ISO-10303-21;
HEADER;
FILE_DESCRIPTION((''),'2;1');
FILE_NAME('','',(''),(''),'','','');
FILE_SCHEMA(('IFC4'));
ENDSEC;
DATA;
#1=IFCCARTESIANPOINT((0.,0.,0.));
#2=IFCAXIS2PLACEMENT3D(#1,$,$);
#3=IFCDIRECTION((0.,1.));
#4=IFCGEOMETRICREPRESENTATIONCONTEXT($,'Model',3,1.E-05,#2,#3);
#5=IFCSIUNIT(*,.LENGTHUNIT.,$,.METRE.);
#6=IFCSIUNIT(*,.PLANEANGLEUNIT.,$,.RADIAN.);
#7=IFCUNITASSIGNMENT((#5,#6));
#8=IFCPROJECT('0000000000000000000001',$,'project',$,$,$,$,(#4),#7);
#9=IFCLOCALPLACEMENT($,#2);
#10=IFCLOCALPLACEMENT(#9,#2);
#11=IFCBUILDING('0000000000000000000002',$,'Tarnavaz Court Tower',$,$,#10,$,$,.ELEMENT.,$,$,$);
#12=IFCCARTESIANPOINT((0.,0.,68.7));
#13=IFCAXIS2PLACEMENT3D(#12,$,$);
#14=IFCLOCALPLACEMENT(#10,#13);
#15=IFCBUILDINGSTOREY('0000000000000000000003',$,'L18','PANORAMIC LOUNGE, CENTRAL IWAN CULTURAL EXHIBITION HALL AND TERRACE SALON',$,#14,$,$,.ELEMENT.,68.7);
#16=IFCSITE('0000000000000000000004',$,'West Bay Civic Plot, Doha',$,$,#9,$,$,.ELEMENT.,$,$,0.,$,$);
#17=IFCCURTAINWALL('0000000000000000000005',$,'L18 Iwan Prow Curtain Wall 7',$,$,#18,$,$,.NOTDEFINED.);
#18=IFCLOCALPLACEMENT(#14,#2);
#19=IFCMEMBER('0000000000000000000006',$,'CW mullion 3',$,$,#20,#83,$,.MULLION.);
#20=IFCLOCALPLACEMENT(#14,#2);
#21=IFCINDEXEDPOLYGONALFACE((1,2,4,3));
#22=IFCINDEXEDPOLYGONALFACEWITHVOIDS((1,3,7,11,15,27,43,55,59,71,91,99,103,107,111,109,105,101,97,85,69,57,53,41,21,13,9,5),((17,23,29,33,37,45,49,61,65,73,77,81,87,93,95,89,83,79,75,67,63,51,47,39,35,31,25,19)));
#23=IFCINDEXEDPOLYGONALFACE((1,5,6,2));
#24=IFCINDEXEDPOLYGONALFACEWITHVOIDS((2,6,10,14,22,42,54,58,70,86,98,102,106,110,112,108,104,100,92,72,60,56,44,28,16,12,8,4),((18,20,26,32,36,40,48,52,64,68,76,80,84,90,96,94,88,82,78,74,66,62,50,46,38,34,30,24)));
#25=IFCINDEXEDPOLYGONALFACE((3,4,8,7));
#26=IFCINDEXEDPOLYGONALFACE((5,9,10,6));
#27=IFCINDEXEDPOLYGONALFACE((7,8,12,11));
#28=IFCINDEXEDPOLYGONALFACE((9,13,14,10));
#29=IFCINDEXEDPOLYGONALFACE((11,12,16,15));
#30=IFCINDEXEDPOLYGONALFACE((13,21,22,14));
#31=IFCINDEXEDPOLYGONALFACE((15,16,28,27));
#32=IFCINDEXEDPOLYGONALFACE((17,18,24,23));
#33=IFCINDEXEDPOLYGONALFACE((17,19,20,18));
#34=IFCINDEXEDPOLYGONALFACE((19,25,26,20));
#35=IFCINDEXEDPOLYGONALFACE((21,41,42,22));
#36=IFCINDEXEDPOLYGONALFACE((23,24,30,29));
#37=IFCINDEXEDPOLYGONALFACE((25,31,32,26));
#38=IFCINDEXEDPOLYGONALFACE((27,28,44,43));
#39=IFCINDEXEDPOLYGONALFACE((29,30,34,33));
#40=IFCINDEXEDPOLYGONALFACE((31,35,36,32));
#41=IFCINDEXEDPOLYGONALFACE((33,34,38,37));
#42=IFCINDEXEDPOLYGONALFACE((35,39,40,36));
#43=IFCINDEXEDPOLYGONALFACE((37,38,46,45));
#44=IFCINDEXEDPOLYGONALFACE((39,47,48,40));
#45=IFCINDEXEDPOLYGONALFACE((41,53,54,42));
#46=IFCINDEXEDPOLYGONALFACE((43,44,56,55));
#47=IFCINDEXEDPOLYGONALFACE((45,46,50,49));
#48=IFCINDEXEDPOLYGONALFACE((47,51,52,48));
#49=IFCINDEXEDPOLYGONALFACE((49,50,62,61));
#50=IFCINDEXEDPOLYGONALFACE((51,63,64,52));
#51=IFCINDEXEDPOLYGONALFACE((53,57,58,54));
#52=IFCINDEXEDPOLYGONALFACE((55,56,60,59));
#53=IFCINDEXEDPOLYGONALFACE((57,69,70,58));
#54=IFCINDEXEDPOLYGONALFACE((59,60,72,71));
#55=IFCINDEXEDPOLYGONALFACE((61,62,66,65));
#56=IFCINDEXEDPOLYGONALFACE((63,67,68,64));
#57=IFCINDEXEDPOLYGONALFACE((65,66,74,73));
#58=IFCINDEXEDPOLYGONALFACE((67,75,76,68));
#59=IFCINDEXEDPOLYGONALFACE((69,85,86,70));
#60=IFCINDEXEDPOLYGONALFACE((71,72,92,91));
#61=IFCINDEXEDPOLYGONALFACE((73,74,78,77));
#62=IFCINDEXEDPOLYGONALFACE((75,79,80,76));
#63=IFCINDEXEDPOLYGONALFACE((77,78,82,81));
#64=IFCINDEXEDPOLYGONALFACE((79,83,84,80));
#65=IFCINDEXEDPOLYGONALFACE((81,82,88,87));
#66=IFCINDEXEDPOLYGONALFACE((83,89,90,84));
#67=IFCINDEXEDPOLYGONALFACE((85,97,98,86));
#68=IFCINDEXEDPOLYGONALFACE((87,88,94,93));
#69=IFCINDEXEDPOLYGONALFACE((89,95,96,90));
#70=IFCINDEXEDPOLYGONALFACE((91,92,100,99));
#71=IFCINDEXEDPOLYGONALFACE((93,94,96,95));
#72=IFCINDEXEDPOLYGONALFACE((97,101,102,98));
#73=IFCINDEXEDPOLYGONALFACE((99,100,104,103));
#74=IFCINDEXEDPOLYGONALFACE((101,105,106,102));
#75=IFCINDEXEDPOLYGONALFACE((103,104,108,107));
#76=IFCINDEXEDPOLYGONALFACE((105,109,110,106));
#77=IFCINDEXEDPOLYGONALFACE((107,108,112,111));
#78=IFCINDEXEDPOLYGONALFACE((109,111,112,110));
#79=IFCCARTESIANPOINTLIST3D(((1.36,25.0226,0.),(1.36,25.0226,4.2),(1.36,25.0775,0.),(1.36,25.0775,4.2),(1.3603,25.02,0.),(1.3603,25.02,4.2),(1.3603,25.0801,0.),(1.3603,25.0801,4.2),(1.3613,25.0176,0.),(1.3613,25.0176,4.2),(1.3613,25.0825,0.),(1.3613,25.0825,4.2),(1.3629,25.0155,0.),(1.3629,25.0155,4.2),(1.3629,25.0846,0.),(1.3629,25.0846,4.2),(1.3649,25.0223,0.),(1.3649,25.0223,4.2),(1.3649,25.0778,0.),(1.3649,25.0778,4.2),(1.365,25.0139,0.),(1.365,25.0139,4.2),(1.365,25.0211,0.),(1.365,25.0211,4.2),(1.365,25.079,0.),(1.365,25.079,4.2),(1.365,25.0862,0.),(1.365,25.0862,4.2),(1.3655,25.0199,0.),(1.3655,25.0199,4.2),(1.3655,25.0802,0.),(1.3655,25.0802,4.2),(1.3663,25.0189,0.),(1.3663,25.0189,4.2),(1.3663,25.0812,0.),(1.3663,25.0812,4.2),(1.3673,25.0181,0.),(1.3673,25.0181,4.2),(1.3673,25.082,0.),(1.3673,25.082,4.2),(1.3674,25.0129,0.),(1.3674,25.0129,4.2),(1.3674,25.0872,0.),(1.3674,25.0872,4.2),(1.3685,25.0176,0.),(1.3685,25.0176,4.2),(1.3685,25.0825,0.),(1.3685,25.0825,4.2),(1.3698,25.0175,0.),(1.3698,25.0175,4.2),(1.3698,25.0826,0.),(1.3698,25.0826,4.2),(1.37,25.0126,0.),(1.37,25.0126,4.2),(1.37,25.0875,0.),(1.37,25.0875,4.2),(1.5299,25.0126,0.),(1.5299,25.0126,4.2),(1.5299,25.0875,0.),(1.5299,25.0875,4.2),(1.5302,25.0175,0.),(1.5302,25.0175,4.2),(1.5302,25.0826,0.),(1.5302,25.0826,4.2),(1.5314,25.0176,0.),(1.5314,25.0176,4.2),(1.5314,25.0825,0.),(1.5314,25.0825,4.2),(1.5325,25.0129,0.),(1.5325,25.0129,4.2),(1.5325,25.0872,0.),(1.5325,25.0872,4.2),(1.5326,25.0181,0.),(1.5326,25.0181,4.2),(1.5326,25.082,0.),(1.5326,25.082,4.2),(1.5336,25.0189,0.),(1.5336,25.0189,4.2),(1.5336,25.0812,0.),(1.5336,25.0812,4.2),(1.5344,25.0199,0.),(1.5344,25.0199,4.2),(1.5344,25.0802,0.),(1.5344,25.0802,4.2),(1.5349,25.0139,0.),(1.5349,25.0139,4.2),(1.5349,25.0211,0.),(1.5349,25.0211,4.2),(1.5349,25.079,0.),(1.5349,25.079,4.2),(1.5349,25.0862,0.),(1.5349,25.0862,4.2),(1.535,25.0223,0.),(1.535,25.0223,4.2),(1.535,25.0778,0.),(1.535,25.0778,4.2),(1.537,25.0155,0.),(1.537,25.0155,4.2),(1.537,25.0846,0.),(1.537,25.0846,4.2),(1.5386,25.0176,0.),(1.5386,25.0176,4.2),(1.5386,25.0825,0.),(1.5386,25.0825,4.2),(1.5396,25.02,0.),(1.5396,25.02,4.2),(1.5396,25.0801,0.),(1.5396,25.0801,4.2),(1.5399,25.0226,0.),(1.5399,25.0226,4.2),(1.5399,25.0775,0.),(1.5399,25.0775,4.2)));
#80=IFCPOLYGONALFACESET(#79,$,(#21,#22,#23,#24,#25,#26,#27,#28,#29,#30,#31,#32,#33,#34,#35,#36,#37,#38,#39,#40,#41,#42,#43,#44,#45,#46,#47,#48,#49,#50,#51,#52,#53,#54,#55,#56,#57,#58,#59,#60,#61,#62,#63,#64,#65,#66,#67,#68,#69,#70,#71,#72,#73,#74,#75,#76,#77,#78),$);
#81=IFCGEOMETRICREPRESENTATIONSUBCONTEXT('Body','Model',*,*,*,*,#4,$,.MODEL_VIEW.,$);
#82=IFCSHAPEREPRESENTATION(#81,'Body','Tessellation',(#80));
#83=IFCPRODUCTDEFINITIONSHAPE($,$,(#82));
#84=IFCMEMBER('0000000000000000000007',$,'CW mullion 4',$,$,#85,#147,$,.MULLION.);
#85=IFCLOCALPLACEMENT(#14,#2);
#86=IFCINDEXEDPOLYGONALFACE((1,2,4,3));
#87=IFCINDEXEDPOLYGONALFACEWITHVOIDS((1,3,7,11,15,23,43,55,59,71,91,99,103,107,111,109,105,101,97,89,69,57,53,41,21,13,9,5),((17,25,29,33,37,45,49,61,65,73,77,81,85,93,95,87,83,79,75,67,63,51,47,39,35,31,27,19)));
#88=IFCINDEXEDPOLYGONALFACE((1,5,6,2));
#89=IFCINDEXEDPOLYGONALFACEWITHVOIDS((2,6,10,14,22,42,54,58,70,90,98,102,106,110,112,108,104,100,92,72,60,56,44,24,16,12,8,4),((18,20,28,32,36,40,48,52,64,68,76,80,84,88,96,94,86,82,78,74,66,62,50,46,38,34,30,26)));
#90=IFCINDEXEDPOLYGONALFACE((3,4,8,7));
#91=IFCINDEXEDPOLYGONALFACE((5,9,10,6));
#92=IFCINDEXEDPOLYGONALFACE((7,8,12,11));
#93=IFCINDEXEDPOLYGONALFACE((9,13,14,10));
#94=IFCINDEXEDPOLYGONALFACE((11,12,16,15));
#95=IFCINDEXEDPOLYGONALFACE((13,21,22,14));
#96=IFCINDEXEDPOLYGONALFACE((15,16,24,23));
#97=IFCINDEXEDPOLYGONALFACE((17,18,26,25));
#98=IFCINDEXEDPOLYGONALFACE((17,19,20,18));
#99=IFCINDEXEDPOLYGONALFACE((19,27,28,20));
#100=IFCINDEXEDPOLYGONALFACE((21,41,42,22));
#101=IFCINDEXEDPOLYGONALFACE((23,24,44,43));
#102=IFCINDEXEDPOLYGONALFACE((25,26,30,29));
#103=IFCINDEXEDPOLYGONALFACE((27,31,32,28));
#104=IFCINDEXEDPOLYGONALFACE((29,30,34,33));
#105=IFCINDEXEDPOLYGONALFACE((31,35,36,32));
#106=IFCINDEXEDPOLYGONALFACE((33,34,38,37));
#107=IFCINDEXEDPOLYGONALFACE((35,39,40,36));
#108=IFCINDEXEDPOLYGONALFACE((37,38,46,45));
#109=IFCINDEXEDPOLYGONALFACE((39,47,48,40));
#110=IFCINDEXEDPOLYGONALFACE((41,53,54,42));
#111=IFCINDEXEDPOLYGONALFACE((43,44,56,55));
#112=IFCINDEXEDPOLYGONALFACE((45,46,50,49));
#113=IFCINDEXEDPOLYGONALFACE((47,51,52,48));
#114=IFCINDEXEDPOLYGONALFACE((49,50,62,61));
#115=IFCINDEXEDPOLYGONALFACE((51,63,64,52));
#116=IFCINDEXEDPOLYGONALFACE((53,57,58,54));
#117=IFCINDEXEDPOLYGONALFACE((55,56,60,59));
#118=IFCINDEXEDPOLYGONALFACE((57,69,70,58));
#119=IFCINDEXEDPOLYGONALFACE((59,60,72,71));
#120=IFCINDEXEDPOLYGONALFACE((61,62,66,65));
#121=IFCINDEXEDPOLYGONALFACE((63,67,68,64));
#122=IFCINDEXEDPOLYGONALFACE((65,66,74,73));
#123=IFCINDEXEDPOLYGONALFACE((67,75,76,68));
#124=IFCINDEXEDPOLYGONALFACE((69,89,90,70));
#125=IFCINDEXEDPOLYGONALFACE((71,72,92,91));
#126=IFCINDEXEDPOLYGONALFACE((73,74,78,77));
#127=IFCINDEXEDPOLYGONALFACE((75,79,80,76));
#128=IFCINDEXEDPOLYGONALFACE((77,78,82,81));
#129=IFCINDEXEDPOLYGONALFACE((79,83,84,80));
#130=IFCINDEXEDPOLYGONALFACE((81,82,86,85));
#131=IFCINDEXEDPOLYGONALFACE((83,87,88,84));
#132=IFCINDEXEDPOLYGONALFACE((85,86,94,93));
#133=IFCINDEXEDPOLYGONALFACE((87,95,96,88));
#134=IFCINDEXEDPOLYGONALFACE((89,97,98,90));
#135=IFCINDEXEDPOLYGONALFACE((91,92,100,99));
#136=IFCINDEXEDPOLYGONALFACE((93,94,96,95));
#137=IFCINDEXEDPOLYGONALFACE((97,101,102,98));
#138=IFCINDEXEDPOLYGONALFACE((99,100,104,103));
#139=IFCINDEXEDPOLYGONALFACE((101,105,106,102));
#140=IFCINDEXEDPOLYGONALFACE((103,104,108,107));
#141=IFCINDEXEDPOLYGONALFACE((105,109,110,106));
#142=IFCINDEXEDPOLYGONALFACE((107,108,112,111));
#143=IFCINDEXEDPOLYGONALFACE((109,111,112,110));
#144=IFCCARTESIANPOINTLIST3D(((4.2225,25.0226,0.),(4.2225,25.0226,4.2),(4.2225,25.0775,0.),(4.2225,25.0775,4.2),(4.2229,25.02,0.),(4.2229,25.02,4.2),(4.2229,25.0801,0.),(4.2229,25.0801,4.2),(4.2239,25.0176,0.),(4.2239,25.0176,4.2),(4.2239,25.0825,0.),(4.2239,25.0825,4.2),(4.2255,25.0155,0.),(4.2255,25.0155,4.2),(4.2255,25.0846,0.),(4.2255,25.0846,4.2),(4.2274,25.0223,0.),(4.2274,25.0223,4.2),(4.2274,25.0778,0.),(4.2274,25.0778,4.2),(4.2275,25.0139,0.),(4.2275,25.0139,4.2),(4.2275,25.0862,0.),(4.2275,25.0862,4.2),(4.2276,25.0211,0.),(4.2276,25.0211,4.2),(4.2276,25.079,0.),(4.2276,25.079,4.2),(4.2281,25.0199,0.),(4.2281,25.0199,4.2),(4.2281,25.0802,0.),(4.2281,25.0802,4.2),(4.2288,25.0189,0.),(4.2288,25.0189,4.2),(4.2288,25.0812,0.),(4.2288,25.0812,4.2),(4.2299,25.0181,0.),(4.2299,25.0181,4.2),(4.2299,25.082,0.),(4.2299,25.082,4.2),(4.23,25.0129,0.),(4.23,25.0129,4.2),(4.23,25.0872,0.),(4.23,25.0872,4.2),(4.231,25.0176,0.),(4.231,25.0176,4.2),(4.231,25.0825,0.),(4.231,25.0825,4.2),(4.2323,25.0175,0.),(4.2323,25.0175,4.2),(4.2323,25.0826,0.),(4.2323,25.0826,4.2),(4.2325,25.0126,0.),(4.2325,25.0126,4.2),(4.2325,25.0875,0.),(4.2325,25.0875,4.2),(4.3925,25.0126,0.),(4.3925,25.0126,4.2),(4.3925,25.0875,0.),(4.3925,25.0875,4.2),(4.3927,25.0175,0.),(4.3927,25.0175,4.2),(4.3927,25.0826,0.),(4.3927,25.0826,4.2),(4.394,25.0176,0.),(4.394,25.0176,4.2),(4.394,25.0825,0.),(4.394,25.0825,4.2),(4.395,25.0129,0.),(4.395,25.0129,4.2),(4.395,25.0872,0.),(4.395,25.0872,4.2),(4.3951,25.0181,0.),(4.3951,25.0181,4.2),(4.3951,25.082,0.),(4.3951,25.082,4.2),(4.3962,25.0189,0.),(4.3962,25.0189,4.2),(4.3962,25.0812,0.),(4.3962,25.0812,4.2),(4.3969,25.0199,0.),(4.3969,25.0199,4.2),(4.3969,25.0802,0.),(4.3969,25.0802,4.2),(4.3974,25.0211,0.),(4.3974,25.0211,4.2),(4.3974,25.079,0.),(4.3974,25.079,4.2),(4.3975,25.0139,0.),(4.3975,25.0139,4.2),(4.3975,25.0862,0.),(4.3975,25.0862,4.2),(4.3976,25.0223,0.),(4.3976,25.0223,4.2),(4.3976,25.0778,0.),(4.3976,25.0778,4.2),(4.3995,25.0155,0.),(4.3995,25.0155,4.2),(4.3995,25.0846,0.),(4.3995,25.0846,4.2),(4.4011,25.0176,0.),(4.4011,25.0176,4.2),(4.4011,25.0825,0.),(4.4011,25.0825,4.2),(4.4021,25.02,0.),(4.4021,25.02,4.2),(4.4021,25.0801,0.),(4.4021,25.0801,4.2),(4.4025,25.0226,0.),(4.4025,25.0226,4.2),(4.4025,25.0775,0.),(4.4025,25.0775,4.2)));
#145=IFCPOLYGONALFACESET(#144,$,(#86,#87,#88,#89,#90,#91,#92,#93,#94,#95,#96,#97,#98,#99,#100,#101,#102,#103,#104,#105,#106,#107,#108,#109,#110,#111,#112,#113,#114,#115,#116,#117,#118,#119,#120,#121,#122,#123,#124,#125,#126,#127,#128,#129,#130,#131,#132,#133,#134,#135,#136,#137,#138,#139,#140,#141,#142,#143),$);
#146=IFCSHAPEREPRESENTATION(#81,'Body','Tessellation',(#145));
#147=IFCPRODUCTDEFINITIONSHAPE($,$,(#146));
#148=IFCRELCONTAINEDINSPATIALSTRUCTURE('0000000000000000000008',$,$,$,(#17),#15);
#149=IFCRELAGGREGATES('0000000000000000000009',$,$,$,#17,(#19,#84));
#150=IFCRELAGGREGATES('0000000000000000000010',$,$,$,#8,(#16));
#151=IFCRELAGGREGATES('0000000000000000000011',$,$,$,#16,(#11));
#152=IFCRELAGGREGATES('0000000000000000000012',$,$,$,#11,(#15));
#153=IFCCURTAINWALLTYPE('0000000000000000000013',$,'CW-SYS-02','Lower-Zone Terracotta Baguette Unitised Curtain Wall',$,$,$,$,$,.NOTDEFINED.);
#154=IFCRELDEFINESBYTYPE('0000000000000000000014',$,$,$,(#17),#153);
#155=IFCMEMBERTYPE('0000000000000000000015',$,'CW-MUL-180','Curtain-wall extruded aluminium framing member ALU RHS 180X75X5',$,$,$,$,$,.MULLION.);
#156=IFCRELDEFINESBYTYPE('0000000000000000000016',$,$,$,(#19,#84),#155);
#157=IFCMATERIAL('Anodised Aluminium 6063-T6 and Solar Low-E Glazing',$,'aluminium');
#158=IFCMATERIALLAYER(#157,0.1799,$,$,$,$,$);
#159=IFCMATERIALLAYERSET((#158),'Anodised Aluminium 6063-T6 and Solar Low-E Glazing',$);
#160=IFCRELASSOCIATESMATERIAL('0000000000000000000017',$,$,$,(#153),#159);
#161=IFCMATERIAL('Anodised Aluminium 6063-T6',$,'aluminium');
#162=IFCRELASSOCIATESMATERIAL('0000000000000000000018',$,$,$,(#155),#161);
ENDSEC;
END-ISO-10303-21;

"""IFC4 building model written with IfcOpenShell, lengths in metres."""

from ifc_helpers import new_model, si_unit, direction, frame, origin, origin_2d, place, context, subcontext, project, spatial, hollow_rectangle, extrude, material, layer, layer_set, material_profile, profile_set, type_object, element, aggregate, save


model = new_model("IFC4")

# Units and contexts
model_context = context("Model", 3, precision=1e-05, world=origin(), true_north=direction((0.0, 1.0)))
body_context = subcontext(model_context, "Body", "Model", "MODEL_VIEW")
ifc_project = project(units=[si_unit("LENGTHUNIT", "METRE"), si_unit("PLANEANGLEUNIT", "RADIAN")], contexts=[model_context])

# Site, building, storey
site_placement = place(None, origin())
site = spatial("IfcSite", under=ifc_project, at=site_placement, Name="West Bay Civic Plot, Doha", CompositionType="ELEMENT", RefElevation=0.0)
building_placement = place(site_placement, origin())
building = spatial("IfcBuilding", under=site, at=building_placement, Name="Tarnavaz Court Tower", CompositionType="ELEMENT")
storey_placement = place(building_placement, frame((0.0, 0.0, 68.7)))
storey = spatial("IfcBuildingStorey", under=building, at=storey_placement, Name="L18", Description="PANORAMIC LOUNGE, CENTRAL IWAN CULTURAL EXHIBITION HALL AND TERRACE SALON", CompositionType="ELEMENT", Elevation=68.7)

# Curtain wall, members
ifc_material_1 = material(Name="Anodised Aluminium 6063-T6 and Solar Low-E Glazing", Category="aluminium")
ifc_layer_1 = layer(ifc_material_1, 0.1799)
ifc_layer_set_1 = layer_set([ifc_layer_1], Name="Anodised Aluminium 6063-T6 and Solar Low-E Glazing")
curtain_wall_type = type_object("IfcCurtainWallType", Name="CW-SYS-02", Description="Lower-Zone Terracotta Baguette Unitised Curtain Wall", PredefinedType="NOTDEFINED", material=ifc_layer_set_1)
curtain_wall_placement = place(storey_placement, origin())
curtain_wall = element("IfcCurtainWall", 1, at=curtain_wall_placement, inside=storey, type_object=curtain_wall_type, Name="L18 Iwan Prow Curtain Wall 7", PredefinedType="NOTDEFINED")
ifc_material_2 = material(Name="Anodised Aluminium 6063-T6", Category="aluminium")
ifc_material_profile_1 = material_profile(ifc_material_2, hollow_rectangle(XDim=0.075, YDim=0.1799, WallThickness=0.0049, InnerFilletRadius=0.0049, OuterFilletRadius=0.01, at=origin_2d()), Name="ALU RHS 180X75X5")
ifc_profile_set_1 = profile_set([ifc_material_profile_1], Name="Anodised Aluminium 6063-T6")
member_type_1 = type_object("IfcMemberType", Name="CW-MUL-180", Description="Curtain-wall extruded aluminium framing member ALU RHS 180X75X5", PredefinedType="MULLION", material=ifc_profile_set_1)
member_1_placement = place(storey_placement, frame((1.45, 25.05, 0.0), z_axis=(0.0, 0.0, 1.0), x_axis=(0.0, 1.0, 0.0)))
member_1 = element("IfcMember", 2, at=member_1_placement, type_object=member_type_1, Name="CW mullion 3", PredefinedType="MULLION", context=body_context, shape_type="SweptSolid", body=[
    extrude(hollow_rectangle(XDim=0.075, YDim=0.1799, WallThickness=0.0049, InnerFilletRadius=0.0049, OuterFilletRadius=0.01, at=origin_2d()), origin(), (0.0, 0.0, 1.0), 4.2),
])
member_2_placement = place(storey_placement, frame((4.3125, 25.05, 0.0), z_axis=(0.0, 0.0, 1.0), x_axis=(0.0, 1.0, 0.0)))
member_2 = element("IfcMember", 3, at=member_2_placement, type_object=member_type_1, Name="CW mullion 4", PredefinedType="MULLION", context=body_context, shape_type="SweptSolid", body=[
    extrude(hollow_rectangle(XDim=0.075, YDim=0.1799, WallThickness=0.0049, InnerFilletRadius=0.0049, OuterFilletRadius=0.01, at=origin_2d()), origin(), (0.0, 0.0, 1.0), 4.2),
])
aggregate(curtain_wall, [member_1, member_2])

save(model, "model.ifc")
